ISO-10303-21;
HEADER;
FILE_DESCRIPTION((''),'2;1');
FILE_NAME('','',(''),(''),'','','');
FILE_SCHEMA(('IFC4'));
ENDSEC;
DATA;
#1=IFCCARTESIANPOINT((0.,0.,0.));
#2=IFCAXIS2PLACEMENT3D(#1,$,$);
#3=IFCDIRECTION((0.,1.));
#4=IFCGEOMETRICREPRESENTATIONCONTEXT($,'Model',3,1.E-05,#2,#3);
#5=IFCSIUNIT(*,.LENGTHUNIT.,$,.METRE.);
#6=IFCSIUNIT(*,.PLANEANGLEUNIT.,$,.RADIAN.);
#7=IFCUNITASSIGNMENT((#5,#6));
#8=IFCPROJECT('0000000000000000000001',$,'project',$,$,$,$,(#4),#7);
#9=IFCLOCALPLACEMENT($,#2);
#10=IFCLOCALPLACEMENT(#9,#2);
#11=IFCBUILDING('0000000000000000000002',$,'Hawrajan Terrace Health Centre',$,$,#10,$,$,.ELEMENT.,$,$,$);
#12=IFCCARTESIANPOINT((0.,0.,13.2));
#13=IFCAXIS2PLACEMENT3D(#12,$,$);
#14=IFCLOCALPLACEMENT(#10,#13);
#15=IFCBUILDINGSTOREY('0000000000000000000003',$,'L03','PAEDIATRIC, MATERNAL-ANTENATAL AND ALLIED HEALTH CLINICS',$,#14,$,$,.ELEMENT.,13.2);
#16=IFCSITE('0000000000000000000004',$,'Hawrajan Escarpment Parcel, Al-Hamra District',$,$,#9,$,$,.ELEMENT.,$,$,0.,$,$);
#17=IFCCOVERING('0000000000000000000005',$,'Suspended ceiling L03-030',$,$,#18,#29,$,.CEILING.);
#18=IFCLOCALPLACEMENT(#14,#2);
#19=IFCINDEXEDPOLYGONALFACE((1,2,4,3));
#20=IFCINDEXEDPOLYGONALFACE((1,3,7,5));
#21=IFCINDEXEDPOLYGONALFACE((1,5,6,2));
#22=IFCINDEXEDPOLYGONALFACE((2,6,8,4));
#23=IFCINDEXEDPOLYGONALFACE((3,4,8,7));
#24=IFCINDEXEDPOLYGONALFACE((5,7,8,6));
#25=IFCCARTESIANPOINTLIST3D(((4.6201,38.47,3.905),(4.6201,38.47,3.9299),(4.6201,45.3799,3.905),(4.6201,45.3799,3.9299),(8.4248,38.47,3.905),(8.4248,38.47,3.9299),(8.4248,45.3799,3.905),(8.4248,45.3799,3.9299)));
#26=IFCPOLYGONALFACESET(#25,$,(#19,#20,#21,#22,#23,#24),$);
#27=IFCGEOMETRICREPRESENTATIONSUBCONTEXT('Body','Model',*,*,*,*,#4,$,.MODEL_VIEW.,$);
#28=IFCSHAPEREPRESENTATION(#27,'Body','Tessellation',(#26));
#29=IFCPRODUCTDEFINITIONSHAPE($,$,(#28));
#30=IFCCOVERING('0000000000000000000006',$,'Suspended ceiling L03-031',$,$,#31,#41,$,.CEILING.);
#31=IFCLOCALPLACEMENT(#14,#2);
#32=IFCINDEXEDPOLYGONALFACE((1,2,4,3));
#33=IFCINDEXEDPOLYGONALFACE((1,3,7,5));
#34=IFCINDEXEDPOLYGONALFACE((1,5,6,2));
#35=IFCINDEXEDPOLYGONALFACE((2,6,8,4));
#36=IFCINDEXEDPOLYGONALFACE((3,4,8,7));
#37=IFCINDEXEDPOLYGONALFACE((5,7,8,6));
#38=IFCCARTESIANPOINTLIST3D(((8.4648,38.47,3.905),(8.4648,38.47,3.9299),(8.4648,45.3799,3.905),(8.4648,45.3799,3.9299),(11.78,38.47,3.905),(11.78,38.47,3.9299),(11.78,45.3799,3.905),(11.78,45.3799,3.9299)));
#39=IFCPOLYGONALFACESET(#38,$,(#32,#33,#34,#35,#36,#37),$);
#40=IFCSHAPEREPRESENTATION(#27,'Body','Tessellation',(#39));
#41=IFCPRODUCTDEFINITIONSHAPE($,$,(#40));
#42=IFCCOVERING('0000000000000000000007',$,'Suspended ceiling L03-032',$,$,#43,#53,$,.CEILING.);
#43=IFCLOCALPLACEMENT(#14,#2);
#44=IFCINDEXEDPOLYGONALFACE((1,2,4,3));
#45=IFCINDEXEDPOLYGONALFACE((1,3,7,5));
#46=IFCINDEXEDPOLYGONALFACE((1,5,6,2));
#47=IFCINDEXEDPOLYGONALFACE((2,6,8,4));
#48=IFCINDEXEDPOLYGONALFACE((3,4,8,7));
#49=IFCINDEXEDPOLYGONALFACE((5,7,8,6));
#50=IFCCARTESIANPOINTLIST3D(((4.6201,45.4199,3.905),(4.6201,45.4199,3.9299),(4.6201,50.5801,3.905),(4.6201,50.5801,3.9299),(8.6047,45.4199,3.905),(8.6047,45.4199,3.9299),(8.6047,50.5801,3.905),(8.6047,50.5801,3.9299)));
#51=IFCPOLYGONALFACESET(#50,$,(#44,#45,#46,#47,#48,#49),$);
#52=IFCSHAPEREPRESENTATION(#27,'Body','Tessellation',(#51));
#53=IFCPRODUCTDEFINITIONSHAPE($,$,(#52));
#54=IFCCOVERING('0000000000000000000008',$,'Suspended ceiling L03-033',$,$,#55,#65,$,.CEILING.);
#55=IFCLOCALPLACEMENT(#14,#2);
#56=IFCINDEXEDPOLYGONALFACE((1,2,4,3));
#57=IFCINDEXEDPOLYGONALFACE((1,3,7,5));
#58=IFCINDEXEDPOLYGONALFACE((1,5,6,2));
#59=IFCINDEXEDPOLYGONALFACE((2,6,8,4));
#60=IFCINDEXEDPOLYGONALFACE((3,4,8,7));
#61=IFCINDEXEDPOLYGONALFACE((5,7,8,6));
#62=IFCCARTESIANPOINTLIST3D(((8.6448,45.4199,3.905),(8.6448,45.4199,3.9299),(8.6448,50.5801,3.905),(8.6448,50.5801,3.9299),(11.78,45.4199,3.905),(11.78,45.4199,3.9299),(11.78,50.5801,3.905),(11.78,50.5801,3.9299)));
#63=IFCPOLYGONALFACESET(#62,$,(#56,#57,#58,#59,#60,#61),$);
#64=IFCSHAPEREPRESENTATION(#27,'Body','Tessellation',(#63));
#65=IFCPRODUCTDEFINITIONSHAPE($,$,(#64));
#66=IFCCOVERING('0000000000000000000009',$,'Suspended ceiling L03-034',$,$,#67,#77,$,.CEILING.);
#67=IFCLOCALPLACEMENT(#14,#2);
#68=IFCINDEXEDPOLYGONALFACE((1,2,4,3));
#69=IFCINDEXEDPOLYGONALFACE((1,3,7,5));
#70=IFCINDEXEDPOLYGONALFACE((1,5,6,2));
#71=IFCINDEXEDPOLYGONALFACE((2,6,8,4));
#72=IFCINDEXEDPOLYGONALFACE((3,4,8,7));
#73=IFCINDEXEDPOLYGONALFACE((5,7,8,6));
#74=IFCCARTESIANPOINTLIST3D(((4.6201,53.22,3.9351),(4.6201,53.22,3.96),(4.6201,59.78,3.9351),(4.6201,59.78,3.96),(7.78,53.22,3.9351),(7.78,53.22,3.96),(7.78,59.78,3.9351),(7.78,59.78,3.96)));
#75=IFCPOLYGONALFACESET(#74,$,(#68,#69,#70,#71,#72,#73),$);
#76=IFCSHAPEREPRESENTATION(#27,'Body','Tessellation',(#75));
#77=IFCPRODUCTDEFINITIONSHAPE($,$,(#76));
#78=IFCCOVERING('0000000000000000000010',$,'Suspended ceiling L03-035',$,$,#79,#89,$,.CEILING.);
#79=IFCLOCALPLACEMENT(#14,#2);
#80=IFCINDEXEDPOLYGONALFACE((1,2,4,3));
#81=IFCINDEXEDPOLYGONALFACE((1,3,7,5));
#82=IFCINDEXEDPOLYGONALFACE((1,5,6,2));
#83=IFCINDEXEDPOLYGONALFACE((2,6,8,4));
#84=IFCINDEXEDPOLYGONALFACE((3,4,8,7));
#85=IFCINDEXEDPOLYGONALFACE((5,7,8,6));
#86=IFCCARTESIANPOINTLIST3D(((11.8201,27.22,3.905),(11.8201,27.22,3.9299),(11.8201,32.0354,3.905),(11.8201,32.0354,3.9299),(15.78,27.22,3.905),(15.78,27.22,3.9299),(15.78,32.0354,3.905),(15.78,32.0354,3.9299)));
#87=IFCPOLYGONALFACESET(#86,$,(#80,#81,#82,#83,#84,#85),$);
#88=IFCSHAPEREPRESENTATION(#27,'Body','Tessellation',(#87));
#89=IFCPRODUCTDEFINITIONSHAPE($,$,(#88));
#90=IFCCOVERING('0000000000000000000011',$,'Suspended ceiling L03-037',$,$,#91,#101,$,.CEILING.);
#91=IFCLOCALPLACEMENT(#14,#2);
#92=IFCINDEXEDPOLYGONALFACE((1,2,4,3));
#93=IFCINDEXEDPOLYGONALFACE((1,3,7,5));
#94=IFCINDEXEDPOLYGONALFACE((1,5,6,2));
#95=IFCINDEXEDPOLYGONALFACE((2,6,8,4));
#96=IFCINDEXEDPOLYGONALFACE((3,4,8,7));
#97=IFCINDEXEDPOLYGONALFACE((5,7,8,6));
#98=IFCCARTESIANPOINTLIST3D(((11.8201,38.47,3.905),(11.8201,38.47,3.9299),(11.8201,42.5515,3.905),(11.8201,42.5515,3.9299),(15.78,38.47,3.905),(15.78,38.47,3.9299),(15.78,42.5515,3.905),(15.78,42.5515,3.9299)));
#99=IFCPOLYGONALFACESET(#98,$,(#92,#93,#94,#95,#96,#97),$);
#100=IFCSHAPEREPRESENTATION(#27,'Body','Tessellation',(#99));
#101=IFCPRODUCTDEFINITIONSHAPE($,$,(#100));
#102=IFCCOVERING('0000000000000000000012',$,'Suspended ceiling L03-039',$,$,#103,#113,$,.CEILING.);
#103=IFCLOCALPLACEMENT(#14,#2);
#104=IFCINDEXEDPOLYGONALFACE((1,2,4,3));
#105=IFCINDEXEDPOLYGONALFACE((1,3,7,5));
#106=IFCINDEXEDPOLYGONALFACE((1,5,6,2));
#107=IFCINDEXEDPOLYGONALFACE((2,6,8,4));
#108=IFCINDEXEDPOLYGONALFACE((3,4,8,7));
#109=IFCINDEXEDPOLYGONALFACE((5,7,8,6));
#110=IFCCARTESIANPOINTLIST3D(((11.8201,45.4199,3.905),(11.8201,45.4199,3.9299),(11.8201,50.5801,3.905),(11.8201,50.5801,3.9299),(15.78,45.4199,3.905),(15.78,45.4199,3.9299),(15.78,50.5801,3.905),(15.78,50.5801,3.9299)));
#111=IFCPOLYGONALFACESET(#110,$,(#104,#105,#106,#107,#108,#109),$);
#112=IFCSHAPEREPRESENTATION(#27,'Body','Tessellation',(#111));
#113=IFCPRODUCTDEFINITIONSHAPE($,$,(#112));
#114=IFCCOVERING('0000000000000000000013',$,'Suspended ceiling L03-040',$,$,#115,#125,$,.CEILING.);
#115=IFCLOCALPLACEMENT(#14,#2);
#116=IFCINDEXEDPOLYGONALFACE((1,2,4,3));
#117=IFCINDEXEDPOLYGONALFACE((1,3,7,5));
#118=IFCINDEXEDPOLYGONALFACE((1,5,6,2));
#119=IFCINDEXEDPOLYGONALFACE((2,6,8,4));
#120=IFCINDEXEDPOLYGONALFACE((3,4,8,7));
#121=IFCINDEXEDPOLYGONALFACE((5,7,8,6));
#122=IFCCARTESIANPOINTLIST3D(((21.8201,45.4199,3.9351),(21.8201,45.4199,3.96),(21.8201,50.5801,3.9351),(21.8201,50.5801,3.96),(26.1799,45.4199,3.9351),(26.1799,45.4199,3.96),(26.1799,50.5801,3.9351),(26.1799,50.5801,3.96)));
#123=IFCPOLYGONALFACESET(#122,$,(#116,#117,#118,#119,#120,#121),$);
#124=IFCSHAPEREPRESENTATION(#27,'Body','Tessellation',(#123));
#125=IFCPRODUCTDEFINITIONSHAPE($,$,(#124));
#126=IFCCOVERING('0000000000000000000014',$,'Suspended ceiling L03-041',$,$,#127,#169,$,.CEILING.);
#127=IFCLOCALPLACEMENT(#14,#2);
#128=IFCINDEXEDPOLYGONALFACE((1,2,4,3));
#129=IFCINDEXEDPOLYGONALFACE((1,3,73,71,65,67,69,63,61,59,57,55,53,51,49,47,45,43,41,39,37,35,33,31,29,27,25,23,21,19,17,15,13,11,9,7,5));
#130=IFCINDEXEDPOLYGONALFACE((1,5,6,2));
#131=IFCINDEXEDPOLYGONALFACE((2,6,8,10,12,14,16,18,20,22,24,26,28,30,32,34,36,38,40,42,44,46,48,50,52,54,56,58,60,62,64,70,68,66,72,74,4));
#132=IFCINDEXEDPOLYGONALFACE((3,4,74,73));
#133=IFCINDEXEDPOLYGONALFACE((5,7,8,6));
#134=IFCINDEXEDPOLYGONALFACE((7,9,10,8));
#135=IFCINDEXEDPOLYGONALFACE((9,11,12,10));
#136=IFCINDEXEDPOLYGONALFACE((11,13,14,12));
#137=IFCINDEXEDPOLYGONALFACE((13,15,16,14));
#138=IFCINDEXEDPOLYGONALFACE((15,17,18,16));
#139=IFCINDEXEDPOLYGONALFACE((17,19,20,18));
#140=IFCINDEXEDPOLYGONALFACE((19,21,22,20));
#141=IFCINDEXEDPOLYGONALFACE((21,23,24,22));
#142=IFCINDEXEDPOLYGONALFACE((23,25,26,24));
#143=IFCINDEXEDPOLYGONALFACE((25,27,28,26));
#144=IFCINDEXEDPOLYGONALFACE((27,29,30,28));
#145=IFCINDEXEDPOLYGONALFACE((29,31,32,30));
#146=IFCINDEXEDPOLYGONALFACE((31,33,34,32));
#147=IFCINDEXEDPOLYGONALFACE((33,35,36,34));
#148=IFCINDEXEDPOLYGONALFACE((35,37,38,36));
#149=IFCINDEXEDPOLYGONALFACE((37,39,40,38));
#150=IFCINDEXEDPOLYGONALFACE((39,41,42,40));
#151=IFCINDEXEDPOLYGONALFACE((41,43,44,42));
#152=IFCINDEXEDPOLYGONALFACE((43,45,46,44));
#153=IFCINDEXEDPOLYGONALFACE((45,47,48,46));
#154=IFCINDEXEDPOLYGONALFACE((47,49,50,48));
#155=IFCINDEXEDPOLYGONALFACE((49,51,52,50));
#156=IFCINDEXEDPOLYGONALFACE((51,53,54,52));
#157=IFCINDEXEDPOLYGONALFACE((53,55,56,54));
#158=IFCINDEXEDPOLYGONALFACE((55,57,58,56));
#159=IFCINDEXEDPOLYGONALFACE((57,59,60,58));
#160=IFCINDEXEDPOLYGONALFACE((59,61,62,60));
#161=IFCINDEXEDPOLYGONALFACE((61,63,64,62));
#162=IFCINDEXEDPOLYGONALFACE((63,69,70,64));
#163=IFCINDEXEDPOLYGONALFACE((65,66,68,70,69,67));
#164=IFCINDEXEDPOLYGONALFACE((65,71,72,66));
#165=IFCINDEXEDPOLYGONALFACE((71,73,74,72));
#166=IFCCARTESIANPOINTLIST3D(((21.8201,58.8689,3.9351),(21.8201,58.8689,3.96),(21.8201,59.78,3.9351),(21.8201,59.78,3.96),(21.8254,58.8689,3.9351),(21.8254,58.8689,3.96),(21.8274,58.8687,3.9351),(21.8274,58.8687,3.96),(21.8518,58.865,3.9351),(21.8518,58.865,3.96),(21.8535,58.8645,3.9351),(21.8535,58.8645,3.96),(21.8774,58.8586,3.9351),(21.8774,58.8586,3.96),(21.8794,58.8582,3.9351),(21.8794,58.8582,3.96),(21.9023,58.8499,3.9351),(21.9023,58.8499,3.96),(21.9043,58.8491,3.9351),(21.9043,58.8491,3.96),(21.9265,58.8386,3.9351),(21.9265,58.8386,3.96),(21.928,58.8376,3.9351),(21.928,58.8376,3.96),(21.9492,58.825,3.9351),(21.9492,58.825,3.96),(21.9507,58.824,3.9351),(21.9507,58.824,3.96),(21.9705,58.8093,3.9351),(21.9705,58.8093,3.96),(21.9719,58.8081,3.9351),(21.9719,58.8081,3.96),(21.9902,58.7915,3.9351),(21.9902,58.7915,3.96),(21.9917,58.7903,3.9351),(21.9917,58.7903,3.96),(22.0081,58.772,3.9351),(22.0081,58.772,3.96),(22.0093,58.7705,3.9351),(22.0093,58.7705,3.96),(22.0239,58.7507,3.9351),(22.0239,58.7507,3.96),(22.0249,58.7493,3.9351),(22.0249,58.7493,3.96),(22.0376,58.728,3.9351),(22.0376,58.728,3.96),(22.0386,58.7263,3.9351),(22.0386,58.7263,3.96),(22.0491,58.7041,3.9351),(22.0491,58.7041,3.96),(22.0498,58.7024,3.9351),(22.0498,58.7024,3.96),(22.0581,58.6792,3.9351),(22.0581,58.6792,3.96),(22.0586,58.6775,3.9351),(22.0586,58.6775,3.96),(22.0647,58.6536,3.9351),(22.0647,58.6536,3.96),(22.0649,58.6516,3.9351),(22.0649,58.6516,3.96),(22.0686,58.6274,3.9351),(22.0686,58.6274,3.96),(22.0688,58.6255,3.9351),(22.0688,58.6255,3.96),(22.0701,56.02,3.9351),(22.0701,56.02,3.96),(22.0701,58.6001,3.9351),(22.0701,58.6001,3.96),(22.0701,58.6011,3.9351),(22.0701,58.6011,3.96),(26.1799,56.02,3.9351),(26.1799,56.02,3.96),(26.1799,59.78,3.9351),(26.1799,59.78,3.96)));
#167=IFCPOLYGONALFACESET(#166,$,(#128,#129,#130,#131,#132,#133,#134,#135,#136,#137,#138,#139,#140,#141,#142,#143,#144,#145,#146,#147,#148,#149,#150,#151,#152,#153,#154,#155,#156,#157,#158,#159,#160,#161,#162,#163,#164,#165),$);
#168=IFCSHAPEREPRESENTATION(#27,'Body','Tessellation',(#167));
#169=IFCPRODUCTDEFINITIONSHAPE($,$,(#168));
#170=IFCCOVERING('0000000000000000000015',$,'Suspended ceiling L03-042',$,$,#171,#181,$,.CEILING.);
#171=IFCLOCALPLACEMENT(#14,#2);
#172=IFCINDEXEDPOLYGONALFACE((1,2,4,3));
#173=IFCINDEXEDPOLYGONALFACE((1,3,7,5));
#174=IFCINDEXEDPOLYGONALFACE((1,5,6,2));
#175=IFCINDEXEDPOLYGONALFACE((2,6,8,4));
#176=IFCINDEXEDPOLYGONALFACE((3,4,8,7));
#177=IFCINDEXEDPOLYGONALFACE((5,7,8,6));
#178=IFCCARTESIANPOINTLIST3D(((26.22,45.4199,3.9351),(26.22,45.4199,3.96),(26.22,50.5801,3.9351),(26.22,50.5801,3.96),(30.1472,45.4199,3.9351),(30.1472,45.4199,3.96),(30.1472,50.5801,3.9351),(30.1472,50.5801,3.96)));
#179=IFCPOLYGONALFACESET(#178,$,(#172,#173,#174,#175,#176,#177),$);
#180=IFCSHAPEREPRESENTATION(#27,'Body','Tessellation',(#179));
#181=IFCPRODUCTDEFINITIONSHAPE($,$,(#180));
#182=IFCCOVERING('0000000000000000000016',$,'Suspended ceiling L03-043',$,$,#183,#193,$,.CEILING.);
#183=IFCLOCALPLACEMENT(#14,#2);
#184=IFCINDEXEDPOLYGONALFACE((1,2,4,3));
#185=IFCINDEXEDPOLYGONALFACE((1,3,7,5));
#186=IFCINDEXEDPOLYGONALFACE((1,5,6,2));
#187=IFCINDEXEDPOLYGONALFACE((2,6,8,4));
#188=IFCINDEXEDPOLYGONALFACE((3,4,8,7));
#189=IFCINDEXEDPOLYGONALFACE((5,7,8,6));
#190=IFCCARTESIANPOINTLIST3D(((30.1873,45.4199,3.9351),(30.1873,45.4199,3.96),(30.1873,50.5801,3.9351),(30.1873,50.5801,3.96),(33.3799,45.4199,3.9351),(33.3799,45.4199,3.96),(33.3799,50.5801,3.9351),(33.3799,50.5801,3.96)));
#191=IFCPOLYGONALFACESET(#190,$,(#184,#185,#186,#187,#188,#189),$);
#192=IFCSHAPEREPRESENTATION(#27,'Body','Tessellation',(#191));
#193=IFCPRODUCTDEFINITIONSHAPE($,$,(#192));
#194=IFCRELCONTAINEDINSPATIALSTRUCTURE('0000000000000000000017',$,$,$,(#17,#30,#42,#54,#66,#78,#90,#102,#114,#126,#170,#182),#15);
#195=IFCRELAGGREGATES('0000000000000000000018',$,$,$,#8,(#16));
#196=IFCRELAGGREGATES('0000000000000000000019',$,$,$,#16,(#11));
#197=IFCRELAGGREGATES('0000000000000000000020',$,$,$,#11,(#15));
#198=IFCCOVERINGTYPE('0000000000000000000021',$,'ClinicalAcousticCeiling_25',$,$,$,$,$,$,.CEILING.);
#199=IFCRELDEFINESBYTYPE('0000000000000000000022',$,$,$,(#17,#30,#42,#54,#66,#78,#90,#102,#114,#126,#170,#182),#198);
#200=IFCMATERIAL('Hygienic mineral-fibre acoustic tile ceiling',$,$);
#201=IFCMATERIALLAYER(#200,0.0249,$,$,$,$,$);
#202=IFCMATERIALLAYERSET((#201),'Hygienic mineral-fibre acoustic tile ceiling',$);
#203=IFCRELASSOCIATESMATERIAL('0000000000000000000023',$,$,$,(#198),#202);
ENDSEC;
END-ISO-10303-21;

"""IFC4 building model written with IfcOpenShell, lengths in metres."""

from ifc_helpers import new_model, si_unit, direction, frame, origin, place, context, subcontext, project, spatial, polyline, outline, extrude, material, layer, layer_set, type_object, element, save


model = new_model("IFC4")

# Units and contexts
model_context = context("Model", 3, precision=1e-05, world=origin(), true_north=direction((0.0, 1.0)))
body_context = subcontext(model_context, "Body", "Model", "MODEL_VIEW")
ifc_project = project(units=[si_unit("LENGTHUNIT", "METRE"), si_unit("PLANEANGLEUNIT", "RADIAN")], contexts=[model_context])

# Site, building, storey
site_placement = place(None, origin())
site = spatial("IfcSite", under=ifc_project, at=site_placement, Name="Hawrajan Escarpment Parcel, Al-Hamra District", CompositionType="ELEMENT", RefElevation=0.0)
building_placement = place(site_placement, origin())
building = spatial("IfcBuilding", under=site, at=building_placement, Name="Hawrajan Terrace Health Centre", CompositionType="ELEMENT")
storey_placement = place(building_placement, frame((0.0, 0.0, 13.2)))
storey = spatial("IfcBuildingStorey", under=building, at=storey_placement, Name="L03", Description="PAEDIATRIC, MATERNAL-ANTENATAL AND ALLIED HEALTH CLINICS", CompositionType="ELEMENT", Elevation=13.2)

# Coverings
ifc_material_1 = material(Name="Hygienic mineral-fibre acoustic tile ceiling")
ifc_layer_1 = layer(ifc_material_1, 0.0249)
ifc_layer_set_1 = layer_set([ifc_layer_1], Name="Hygienic mineral-fibre acoustic tile ceiling")
covering_type_1 = type_object("IfcCoveringType", Name="ClinicalAcousticCeiling_25", PredefinedType="CEILING", material=ifc_layer_set_1)
covering_1_placement = place(storey_placement, frame((0.0, 0.0, 3.905)))
element("IfcCovering", 1, at=covering_1_placement, inside=storey, type_object=covering_type_1, Name="Suspended ceiling L03-030", PredefinedType="CEILING", context=body_context, shape_type="SweptSolid", body=[
    extrude(outline(polyline([(4.6201, 45.3799), (8.4248, 45.3799), (8.4248, 38.47), (4.6201, 38.47), (4.6201, 45.3799)])), origin(), (0.0, 0.0, 1.0), 0.0249),
])
covering_2_placement = place(storey_placement, frame((0.0, 0.0, 3.905)))
element("IfcCovering", 2, at=covering_2_placement, inside=storey, type_object=covering_type_1, Name="Suspended ceiling L03-031", PredefinedType="CEILING", context=body_context, shape_type="SweptSolid", body=[
    extrude(outline(polyline([(8.4648, 45.3799), (11.78, 45.3799), (11.78, 38.47), (8.4648, 38.47), (8.4648, 45.3799)])), origin(), (0.0, 0.0, 1.0), 0.0249),
])
covering_3_placement = place(storey_placement, frame((0.0, 0.0, 3.905)))
element("IfcCovering", 3, at=covering_3_placement, inside=storey, type_object=covering_type_1, Name="Suspended ceiling L03-032", PredefinedType="CEILING", context=body_context, shape_type="SweptSolid", body=[
    extrude(outline(polyline([(4.6201, 50.5801), (8.6047, 50.5801), (8.6047, 45.4199), (4.6201, 45.4199), (4.6201, 50.5801)])), origin(), (0.0, 0.0, 1.0), 0.0249),
])
covering_4_placement = place(storey_placement, frame((0.0, 0.0, 3.905)))
element("IfcCovering", 4, at=covering_4_placement, inside=storey, type_object=covering_type_1, Name="Suspended ceiling L03-033", PredefinedType="CEILING", context=body_context, shape_type="SweptSolid", body=[
    extrude(outline(polyline([(8.6448, 50.5801), (11.78, 50.5801), (11.78, 45.4199), (8.6448, 45.4199), (8.6448, 50.5801)])), origin(), (0.0, 0.0, 1.0), 0.0249),
])
covering_5_placement = place(storey_placement, frame((0.0, 0.0, 3.9351)))
element("IfcCovering", 5, at=covering_5_placement, inside=storey, type_object=covering_type_1, Name="Suspended ceiling L03-034", PredefinedType="CEILING", context=body_context, shape_type="SweptSolid", body=[
    extrude(outline(polyline([(4.6201, 59.78), (7.78, 59.78), (7.78, 53.22), (4.6201, 53.22), (4.6201, 59.78)])), origin(), (0.0, 0.0, 1.0), 0.0249),
])
covering_6_placement = place(storey_placement, frame((0.0, 0.0, 3.905)))
element("IfcCovering", 6, at=covering_6_placement, inside=storey, type_object=covering_type_1, Name="Suspended ceiling L03-035", PredefinedType="CEILING", context=body_context, shape_type="SweptSolid", body=[
    extrude(outline(polyline([(11.8201, 32.0354), (15.78, 32.0354), (15.78, 27.22), (11.8201, 27.22), (11.8201, 32.0354)])), origin(), (0.0, 0.0, 1.0), 0.0249),
])
covering_7_placement = place(storey_placement, frame((0.0, 0.0, 3.905)))
element("IfcCovering", 7, at=covering_7_placement, inside=storey, type_object=covering_type_1, Name="Suspended ceiling L03-037", PredefinedType="CEILING", context=body_context, shape_type="SweptSolid", body=[
    extrude(outline(polyline([(11.8201, 42.5515), (15.78, 42.5515), (15.78, 38.47), (11.8201, 38.47), (11.8201, 42.5515)])), origin(), (0.0, 0.0, 1.0), 0.0249),
])
covering_8_placement = place(storey_placement, frame((0.0, 0.0, 3.905)))
element("IfcCovering", 8, at=covering_8_placement, inside=storey, type_object=covering_type_1, Name="Suspended ceiling L03-039", PredefinedType="CEILING", context=body_context, shape_type="SweptSolid", body=[
    extrude(outline(polyline([(11.8201, 50.5801), (15.78, 50.5801), (15.78, 45.4199), (11.8201, 45.4199), (11.8201, 50.5801)])), origin(), (0.0, 0.0, 1.0), 0.0249),
])
covering_9_placement = place(storey_placement, frame((0.0, 0.0, 3.9351)))
element("IfcCovering", 9, at=covering_9_placement, inside=storey, type_object=covering_type_1, Name="Suspended ceiling L03-040", PredefinedType="CEILING", context=body_context, shape_type="SweptSolid", body=[
    extrude(outline(polyline([(21.8201, 50.5801), (26.1799, 50.5801), (26.1799, 45.4199), (21.8201, 45.4199), (21.8201, 50.5801)])), origin(), (0.0, 0.0, 1.0), 0.0249),
])
covering_10_placement = place(storey_placement, frame((0.0, 0.0, 3.9351)))
element("IfcCovering", 10, at=covering_10_placement, inside=storey, type_object=covering_type_1, Name="Suspended ceiling L03-041", PredefinedType="CEILING", context=body_context, shape_type="SweptSolid", body=[
    extrude(outline(polyline([(21.8201, 59.78), (26.1799, 59.78), (26.1799, 56.02), (22.0701, 56.02), (22.0701, 58.6001), (22.0701, 58.6011), (22.0688, 58.6255), (22.0686, 58.6274), (22.0649, 58.6516), (22.0647, 58.6536), (22.0586, 58.6775), (22.0581, 58.6792), (22.0498, 58.7024), (22.0491, 58.7041), (22.0386, 58.7263), (22.0376, 58.728), (22.0249, 58.7493), (22.0239, 58.7507), (22.0093, 58.7705), (22.0081, 58.772), (21.9917, 58.7903), (21.9902, 58.7915), (21.9719, 58.8081), (21.9705, 58.8093), (21.9507, 58.824), (21.9492, 58.825), (21.928, 58.8376), (21.9265, 58.8386), (21.9043, 58.8491), (21.9023, 58.8499), (21.8794, 58.8582), (21.8774, 58.8586), (21.8535, 58.8645), (21.8518, 58.865), (21.8274, 58.8687), (21.8254, 58.8689), (21.8201, 58.8689), (21.8201, 59.78)])), origin(), (0.0, 0.0, 1.0), 0.0249),
])
covering_11_placement = place(storey_placement, frame((0.0, 0.0, 3.9351)))
element("IfcCovering", 11, at=covering_11_placement, inside=storey, type_object=covering_type_1, Name="Suspended ceiling L03-042", PredefinedType="CEILING", context=body_context, shape_type="SweptSolid", body=[
    extrude(outline(polyline([(26.22, 50.5801), (30.1472, 50.5801), (30.1472, 45.4199), (26.22, 45.4199), (26.22, 50.5801)])), origin(), (0.0, 0.0, 1.0), 0.0249),
])
covering_12_placement = place(storey_placement, frame((0.0, 0.0, 3.9351)))
element("IfcCovering", 12, at=covering_12_placement, inside=storey, type_object=covering_type_1, Name="Suspended ceiling L03-043", PredefinedType="CEILING", context=body_context, shape_type="SweptSolid", body=[
    extrude(outline(polyline([(30.1873, 50.5801), (33.3799, 50.5801), (33.3799, 45.4199), (30.1873, 45.4199), (30.1873, 50.5801)])), origin(), (0.0, 0.0, 1.0), 0.0249),
])

save(model, "model.ifc")
